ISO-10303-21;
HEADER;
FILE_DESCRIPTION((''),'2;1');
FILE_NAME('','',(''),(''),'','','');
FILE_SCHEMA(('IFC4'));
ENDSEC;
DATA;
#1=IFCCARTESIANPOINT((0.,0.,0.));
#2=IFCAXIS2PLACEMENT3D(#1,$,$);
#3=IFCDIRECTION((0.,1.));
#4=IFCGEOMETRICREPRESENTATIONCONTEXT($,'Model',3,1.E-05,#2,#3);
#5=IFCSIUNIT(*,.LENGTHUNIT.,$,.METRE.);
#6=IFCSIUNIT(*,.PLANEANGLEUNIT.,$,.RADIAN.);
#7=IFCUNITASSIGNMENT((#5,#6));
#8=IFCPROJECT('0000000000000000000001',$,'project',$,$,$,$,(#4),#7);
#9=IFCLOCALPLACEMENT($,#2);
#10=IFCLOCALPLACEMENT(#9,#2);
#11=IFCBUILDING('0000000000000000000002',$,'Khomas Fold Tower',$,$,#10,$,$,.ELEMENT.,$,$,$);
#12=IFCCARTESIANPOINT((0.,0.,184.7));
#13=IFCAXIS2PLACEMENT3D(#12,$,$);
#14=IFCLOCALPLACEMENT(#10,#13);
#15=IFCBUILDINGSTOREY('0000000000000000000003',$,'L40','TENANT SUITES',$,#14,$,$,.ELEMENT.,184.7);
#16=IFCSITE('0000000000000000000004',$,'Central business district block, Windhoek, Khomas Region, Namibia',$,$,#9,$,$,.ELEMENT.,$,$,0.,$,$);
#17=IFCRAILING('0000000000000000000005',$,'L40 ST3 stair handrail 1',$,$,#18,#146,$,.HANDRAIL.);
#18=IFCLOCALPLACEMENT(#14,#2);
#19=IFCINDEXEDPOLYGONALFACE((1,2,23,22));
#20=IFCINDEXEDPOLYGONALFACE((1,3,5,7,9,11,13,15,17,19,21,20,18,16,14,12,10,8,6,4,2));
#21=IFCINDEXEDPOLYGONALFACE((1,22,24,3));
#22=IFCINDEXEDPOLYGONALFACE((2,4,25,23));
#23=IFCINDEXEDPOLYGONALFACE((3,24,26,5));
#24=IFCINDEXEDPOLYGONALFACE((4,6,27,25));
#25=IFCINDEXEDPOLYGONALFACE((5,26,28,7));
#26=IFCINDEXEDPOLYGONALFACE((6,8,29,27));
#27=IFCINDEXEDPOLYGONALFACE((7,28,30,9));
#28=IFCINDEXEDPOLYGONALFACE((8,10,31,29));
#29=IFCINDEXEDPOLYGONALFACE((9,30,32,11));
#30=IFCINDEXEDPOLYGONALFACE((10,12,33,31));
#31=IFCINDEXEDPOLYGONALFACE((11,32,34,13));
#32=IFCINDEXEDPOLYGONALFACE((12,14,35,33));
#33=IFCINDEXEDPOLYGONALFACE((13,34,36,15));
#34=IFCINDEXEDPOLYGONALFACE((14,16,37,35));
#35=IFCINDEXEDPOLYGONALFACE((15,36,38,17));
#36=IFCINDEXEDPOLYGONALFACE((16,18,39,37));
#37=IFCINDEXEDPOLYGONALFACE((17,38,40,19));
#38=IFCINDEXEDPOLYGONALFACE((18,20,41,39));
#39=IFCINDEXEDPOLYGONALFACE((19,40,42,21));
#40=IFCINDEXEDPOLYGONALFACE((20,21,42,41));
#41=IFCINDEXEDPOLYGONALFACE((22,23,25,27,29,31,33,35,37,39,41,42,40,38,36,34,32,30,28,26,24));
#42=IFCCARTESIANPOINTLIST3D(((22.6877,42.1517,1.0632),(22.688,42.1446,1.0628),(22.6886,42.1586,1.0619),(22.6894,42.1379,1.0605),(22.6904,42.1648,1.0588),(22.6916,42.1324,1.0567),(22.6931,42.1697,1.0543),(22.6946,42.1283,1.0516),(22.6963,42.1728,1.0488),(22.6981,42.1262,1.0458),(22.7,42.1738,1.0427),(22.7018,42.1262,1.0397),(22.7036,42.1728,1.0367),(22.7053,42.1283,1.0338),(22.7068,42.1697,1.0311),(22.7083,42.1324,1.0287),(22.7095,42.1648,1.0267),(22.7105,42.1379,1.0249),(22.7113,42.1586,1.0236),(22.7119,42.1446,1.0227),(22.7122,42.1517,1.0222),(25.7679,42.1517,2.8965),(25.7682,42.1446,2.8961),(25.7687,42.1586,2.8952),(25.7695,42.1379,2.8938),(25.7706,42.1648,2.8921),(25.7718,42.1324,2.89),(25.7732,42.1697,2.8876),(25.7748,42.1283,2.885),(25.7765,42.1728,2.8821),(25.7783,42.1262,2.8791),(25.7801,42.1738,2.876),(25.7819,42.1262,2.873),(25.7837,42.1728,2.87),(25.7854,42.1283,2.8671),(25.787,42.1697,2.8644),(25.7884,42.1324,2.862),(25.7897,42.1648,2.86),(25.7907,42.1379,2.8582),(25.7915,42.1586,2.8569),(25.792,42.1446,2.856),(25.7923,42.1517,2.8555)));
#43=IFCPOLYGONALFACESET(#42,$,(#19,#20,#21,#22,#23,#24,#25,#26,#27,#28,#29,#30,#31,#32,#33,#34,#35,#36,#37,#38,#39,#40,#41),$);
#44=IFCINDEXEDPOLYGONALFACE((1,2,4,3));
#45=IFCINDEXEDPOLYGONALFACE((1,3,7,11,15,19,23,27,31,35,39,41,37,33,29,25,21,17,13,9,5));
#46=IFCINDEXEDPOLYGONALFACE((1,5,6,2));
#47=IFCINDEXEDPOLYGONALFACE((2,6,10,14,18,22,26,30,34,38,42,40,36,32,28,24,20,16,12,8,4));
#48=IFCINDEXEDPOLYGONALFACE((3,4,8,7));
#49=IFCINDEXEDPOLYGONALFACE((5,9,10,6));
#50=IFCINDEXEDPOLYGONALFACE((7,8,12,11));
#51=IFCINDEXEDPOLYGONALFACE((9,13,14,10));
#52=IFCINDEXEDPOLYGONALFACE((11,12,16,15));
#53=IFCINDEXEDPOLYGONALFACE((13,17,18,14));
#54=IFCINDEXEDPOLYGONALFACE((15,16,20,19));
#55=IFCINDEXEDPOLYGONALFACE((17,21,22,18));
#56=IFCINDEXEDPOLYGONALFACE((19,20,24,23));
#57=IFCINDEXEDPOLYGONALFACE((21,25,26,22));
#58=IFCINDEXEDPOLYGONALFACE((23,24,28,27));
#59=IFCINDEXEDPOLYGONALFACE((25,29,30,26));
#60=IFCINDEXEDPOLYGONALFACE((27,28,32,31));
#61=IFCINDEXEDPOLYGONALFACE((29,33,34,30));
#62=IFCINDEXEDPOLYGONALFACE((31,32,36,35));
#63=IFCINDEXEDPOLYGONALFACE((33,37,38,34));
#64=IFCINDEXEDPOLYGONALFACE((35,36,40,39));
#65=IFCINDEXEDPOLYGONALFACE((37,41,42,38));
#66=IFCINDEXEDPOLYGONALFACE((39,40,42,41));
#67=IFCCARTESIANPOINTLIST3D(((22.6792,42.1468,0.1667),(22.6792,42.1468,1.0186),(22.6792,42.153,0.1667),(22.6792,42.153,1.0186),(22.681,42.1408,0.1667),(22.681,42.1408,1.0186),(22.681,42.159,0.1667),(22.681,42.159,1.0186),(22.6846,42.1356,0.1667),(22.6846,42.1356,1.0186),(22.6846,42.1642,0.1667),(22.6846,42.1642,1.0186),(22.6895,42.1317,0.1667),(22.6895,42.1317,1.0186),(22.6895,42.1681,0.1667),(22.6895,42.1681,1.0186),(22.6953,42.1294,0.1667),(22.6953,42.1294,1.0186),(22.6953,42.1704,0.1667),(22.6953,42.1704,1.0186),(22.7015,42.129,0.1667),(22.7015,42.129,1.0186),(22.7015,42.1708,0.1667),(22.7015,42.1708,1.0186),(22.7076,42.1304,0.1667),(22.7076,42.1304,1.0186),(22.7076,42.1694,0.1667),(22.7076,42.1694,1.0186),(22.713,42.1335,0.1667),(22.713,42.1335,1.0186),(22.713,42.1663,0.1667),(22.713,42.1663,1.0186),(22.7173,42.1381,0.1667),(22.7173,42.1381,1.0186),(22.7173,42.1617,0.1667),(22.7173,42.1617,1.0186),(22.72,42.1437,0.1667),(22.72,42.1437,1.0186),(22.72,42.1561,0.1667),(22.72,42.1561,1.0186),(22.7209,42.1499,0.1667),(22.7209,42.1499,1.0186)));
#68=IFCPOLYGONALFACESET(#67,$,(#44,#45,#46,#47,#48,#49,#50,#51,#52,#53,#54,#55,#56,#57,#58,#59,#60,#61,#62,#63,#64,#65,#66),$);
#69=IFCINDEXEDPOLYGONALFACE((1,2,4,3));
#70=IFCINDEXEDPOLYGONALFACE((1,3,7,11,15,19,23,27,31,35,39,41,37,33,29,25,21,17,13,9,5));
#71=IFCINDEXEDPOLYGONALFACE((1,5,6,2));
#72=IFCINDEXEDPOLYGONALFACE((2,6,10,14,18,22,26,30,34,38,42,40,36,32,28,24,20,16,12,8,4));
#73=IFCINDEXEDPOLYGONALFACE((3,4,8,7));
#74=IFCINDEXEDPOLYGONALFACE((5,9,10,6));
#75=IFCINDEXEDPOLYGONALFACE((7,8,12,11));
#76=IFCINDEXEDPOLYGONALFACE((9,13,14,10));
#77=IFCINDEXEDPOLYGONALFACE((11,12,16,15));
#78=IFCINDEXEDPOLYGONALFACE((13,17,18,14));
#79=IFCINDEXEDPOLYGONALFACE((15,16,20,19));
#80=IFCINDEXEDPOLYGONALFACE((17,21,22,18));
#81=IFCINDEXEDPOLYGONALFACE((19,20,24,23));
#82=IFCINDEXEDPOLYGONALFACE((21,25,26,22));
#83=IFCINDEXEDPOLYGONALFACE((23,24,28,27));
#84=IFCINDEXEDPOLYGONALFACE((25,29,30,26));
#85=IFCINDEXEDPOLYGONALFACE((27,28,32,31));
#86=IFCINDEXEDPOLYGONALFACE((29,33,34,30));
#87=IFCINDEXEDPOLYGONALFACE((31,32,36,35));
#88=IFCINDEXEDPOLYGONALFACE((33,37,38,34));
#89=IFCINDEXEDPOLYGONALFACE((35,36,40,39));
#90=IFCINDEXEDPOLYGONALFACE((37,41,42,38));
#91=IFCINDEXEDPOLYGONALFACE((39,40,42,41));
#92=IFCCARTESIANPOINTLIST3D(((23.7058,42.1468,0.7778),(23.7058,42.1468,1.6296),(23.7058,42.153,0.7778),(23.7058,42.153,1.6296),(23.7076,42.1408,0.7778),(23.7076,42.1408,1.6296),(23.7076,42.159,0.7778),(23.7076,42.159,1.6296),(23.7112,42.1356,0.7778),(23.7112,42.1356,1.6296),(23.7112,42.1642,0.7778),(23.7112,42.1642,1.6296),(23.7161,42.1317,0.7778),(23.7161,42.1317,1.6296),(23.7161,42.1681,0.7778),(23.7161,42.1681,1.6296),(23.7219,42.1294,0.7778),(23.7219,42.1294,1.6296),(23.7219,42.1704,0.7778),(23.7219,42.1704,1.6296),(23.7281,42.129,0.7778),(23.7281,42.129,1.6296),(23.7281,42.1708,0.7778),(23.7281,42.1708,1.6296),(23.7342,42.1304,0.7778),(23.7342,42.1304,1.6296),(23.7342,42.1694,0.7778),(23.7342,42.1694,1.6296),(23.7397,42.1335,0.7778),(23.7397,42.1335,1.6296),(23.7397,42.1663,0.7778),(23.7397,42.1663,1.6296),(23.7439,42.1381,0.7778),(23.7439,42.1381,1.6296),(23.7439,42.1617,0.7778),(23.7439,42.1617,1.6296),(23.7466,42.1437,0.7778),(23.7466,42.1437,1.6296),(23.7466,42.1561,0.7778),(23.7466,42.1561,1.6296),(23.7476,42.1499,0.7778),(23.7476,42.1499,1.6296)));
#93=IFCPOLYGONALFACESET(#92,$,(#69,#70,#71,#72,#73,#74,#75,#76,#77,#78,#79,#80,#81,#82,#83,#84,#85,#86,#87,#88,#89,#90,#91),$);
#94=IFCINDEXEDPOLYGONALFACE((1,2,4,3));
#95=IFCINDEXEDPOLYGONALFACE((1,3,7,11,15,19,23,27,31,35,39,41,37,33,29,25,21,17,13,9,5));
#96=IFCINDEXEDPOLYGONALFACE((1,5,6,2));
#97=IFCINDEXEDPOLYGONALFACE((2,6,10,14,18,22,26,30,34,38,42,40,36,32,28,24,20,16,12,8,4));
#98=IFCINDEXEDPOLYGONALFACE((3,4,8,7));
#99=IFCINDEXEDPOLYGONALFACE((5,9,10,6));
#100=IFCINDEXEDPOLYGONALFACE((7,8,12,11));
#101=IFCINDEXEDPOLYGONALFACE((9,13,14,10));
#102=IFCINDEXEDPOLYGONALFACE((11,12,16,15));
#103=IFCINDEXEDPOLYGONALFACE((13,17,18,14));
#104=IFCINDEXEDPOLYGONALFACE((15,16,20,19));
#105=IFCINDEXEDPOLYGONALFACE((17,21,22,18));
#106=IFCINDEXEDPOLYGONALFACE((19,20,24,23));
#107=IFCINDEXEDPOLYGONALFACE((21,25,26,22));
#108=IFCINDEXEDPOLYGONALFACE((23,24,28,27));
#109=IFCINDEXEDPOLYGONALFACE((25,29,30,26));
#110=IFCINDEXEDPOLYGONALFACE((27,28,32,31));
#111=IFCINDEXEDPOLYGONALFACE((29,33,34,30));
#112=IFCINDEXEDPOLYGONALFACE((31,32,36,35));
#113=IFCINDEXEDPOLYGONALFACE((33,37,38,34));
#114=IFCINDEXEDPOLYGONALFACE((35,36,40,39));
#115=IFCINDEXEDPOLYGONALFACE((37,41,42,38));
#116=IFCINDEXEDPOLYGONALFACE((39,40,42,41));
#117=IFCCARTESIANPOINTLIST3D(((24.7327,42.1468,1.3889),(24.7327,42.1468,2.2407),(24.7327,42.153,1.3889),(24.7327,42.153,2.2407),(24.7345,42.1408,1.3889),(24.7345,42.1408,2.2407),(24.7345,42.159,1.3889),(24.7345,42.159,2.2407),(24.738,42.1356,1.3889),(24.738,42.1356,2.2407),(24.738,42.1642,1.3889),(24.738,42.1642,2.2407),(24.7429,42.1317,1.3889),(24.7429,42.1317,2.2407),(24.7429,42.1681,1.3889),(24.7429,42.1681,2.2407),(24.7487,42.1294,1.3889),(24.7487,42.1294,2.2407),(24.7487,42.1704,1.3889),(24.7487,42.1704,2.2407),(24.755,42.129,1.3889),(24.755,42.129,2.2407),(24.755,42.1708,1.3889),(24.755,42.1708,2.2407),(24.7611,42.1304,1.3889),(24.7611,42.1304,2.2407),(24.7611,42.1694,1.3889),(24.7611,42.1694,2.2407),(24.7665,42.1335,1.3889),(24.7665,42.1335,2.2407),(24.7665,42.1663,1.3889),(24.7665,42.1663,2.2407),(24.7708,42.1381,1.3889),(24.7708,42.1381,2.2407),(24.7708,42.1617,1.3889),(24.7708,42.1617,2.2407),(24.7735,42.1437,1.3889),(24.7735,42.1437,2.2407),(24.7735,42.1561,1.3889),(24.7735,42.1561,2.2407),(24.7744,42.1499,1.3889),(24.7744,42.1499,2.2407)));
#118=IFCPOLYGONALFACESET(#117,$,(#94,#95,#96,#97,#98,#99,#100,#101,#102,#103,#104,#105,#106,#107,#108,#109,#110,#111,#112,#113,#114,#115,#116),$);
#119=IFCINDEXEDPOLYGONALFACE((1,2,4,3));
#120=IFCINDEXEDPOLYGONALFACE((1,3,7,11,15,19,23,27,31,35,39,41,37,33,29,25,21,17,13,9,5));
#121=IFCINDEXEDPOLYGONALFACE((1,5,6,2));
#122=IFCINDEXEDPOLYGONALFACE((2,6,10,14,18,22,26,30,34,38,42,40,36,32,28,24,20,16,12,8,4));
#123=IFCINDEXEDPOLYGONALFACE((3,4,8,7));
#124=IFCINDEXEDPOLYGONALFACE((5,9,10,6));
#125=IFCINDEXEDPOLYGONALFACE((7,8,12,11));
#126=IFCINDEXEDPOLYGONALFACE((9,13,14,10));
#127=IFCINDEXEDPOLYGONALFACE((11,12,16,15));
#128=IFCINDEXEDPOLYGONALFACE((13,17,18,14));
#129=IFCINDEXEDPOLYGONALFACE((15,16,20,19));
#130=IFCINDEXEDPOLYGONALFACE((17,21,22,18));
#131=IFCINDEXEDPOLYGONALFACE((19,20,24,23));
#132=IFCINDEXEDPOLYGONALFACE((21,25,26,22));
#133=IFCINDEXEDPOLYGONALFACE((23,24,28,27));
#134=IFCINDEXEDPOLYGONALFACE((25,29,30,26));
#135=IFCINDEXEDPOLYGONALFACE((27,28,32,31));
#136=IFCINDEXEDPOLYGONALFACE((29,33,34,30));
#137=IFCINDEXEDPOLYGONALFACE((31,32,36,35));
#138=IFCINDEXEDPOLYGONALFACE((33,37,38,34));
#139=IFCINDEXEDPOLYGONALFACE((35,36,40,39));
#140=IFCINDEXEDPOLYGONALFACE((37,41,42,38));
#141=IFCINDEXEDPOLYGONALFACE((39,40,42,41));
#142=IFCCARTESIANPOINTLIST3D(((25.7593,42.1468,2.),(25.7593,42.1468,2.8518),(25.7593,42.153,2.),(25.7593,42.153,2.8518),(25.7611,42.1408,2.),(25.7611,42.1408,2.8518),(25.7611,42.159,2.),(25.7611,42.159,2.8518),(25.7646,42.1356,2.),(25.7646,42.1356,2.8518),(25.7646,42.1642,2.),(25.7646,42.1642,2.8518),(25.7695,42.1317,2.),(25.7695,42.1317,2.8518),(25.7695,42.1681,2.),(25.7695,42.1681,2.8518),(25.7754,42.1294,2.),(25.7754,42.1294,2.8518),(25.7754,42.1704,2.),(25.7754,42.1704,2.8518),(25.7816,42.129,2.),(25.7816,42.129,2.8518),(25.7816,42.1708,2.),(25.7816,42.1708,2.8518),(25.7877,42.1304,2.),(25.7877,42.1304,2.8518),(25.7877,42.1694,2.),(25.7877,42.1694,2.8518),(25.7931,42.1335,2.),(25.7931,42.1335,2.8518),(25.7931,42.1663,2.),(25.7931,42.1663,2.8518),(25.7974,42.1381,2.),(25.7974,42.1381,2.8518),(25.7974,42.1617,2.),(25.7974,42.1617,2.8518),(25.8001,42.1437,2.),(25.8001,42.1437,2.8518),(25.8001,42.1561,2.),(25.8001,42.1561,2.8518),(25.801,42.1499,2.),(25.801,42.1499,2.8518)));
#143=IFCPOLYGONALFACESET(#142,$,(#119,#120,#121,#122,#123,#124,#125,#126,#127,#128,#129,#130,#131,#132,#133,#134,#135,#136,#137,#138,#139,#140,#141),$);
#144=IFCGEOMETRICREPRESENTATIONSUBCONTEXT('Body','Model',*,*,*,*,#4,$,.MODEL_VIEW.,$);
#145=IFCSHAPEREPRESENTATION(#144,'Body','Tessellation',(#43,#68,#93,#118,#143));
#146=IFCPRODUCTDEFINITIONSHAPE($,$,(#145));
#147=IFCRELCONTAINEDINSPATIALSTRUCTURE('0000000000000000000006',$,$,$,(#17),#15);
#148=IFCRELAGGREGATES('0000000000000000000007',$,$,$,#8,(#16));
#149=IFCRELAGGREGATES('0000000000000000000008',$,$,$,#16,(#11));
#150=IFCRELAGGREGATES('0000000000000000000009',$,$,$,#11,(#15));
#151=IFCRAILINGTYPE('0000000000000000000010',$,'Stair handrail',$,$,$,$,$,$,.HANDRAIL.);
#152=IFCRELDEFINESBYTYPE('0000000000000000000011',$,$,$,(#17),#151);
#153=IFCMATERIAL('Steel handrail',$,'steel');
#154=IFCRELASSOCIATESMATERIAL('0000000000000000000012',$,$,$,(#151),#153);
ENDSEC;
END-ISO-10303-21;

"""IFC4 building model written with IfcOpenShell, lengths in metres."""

from ifc_helpers import new_model, si_unit, direction, frame, origin, origin_2d, place, context, subcontext, project, spatial, circle, extrude, source, transform, mapped, material, type_object, element, save


model = new_model("IFC4")

# Units and contexts
model_context = context("Model", 3, precision=1e-05, world=origin(), true_north=direction((0.0, 1.0)))
body_context = subcontext(model_context, "Body", "Model", "MODEL_VIEW")
ifc_project = project(units=[si_unit("LENGTHUNIT", "METRE"), si_unit("PLANEANGLEUNIT", "RADIAN")], contexts=[model_context])

# Site, building, storey
site_placement = place(None, origin())
site = spatial("IfcSite", under=ifc_project, at=site_placement, Name="Central business district block, Windhoek, Khomas Region, Namibia", CompositionType="ELEMENT", RefElevation=0.0)
building_placement = place(site_placement, origin())
building = spatial("IfcBuilding", under=site, at=building_placement, Name="Khomas Fold Tower", CompositionType="ELEMENT")
storey_placement = place(building_placement, frame((0.0, 0.0, 184.7)))
storey = spatial("IfcBuildingStorey", under=building, at=storey_placement, Name="L40", Description="TENANT SUITES", CompositionType="ELEMENT", Elevation=184.7)

# Railing
ifc_material_1 = material(Name="Steel handrail", Category="steel")
railing_type_1 = type_object("IfcRailingType", Name="Stair handrail", PredefinedType="HANDRAIL", material=ifc_material_1)
shared_shape_1 = source(origin(), body_context, "Body", "SweptSolid", [
    extrude(circle(Radius=0.0239, at=origin_2d()), frame((0.0, 0.0, 0.876), z_axis=(0.859309, 0.0, 0.511458), x_axis=(0.0, 1.0, 0.0)), (0.0, 0.0, 1.0), 3.5845),
    extrude(circle(Radius=0.021, at=origin_2d()), origin(), (0.0, 0.0, 1.0), 0.8518),
    extrude(circle(Radius=0.021, at=origin_2d()), frame((1.0266, 0.0, 0.6111)), (0.0, 0.0, 1.0), 0.8518),
    extrude(circle(Radius=0.021, at=origin_2d()), frame((2.0535, 0.0, 1.2222)), (0.0, 0.0, 1.0), 0.8518),
    extrude(circle(Radius=0.021, at=origin_2d()), frame((3.0801, 0.0, 1.8333)), (0.0, 0.0, 1.0), 0.8518),
])
railing_1_placement = place(storey_placement, frame((22.7, 42.1499, 0.1667)))
element("IfcRailing", 1, at=railing_1_placement, inside=storey, type_object=railing_type_1, Name="L40 ST3 stair handrail 1", PredefinedType="HANDRAIL", context=body_context, shape_type="MappedRepresentation", body=[
    mapped(shared_shape_1, transform((0.0, 0.0, 0.0))),
])

save(model, "model.ifc")
